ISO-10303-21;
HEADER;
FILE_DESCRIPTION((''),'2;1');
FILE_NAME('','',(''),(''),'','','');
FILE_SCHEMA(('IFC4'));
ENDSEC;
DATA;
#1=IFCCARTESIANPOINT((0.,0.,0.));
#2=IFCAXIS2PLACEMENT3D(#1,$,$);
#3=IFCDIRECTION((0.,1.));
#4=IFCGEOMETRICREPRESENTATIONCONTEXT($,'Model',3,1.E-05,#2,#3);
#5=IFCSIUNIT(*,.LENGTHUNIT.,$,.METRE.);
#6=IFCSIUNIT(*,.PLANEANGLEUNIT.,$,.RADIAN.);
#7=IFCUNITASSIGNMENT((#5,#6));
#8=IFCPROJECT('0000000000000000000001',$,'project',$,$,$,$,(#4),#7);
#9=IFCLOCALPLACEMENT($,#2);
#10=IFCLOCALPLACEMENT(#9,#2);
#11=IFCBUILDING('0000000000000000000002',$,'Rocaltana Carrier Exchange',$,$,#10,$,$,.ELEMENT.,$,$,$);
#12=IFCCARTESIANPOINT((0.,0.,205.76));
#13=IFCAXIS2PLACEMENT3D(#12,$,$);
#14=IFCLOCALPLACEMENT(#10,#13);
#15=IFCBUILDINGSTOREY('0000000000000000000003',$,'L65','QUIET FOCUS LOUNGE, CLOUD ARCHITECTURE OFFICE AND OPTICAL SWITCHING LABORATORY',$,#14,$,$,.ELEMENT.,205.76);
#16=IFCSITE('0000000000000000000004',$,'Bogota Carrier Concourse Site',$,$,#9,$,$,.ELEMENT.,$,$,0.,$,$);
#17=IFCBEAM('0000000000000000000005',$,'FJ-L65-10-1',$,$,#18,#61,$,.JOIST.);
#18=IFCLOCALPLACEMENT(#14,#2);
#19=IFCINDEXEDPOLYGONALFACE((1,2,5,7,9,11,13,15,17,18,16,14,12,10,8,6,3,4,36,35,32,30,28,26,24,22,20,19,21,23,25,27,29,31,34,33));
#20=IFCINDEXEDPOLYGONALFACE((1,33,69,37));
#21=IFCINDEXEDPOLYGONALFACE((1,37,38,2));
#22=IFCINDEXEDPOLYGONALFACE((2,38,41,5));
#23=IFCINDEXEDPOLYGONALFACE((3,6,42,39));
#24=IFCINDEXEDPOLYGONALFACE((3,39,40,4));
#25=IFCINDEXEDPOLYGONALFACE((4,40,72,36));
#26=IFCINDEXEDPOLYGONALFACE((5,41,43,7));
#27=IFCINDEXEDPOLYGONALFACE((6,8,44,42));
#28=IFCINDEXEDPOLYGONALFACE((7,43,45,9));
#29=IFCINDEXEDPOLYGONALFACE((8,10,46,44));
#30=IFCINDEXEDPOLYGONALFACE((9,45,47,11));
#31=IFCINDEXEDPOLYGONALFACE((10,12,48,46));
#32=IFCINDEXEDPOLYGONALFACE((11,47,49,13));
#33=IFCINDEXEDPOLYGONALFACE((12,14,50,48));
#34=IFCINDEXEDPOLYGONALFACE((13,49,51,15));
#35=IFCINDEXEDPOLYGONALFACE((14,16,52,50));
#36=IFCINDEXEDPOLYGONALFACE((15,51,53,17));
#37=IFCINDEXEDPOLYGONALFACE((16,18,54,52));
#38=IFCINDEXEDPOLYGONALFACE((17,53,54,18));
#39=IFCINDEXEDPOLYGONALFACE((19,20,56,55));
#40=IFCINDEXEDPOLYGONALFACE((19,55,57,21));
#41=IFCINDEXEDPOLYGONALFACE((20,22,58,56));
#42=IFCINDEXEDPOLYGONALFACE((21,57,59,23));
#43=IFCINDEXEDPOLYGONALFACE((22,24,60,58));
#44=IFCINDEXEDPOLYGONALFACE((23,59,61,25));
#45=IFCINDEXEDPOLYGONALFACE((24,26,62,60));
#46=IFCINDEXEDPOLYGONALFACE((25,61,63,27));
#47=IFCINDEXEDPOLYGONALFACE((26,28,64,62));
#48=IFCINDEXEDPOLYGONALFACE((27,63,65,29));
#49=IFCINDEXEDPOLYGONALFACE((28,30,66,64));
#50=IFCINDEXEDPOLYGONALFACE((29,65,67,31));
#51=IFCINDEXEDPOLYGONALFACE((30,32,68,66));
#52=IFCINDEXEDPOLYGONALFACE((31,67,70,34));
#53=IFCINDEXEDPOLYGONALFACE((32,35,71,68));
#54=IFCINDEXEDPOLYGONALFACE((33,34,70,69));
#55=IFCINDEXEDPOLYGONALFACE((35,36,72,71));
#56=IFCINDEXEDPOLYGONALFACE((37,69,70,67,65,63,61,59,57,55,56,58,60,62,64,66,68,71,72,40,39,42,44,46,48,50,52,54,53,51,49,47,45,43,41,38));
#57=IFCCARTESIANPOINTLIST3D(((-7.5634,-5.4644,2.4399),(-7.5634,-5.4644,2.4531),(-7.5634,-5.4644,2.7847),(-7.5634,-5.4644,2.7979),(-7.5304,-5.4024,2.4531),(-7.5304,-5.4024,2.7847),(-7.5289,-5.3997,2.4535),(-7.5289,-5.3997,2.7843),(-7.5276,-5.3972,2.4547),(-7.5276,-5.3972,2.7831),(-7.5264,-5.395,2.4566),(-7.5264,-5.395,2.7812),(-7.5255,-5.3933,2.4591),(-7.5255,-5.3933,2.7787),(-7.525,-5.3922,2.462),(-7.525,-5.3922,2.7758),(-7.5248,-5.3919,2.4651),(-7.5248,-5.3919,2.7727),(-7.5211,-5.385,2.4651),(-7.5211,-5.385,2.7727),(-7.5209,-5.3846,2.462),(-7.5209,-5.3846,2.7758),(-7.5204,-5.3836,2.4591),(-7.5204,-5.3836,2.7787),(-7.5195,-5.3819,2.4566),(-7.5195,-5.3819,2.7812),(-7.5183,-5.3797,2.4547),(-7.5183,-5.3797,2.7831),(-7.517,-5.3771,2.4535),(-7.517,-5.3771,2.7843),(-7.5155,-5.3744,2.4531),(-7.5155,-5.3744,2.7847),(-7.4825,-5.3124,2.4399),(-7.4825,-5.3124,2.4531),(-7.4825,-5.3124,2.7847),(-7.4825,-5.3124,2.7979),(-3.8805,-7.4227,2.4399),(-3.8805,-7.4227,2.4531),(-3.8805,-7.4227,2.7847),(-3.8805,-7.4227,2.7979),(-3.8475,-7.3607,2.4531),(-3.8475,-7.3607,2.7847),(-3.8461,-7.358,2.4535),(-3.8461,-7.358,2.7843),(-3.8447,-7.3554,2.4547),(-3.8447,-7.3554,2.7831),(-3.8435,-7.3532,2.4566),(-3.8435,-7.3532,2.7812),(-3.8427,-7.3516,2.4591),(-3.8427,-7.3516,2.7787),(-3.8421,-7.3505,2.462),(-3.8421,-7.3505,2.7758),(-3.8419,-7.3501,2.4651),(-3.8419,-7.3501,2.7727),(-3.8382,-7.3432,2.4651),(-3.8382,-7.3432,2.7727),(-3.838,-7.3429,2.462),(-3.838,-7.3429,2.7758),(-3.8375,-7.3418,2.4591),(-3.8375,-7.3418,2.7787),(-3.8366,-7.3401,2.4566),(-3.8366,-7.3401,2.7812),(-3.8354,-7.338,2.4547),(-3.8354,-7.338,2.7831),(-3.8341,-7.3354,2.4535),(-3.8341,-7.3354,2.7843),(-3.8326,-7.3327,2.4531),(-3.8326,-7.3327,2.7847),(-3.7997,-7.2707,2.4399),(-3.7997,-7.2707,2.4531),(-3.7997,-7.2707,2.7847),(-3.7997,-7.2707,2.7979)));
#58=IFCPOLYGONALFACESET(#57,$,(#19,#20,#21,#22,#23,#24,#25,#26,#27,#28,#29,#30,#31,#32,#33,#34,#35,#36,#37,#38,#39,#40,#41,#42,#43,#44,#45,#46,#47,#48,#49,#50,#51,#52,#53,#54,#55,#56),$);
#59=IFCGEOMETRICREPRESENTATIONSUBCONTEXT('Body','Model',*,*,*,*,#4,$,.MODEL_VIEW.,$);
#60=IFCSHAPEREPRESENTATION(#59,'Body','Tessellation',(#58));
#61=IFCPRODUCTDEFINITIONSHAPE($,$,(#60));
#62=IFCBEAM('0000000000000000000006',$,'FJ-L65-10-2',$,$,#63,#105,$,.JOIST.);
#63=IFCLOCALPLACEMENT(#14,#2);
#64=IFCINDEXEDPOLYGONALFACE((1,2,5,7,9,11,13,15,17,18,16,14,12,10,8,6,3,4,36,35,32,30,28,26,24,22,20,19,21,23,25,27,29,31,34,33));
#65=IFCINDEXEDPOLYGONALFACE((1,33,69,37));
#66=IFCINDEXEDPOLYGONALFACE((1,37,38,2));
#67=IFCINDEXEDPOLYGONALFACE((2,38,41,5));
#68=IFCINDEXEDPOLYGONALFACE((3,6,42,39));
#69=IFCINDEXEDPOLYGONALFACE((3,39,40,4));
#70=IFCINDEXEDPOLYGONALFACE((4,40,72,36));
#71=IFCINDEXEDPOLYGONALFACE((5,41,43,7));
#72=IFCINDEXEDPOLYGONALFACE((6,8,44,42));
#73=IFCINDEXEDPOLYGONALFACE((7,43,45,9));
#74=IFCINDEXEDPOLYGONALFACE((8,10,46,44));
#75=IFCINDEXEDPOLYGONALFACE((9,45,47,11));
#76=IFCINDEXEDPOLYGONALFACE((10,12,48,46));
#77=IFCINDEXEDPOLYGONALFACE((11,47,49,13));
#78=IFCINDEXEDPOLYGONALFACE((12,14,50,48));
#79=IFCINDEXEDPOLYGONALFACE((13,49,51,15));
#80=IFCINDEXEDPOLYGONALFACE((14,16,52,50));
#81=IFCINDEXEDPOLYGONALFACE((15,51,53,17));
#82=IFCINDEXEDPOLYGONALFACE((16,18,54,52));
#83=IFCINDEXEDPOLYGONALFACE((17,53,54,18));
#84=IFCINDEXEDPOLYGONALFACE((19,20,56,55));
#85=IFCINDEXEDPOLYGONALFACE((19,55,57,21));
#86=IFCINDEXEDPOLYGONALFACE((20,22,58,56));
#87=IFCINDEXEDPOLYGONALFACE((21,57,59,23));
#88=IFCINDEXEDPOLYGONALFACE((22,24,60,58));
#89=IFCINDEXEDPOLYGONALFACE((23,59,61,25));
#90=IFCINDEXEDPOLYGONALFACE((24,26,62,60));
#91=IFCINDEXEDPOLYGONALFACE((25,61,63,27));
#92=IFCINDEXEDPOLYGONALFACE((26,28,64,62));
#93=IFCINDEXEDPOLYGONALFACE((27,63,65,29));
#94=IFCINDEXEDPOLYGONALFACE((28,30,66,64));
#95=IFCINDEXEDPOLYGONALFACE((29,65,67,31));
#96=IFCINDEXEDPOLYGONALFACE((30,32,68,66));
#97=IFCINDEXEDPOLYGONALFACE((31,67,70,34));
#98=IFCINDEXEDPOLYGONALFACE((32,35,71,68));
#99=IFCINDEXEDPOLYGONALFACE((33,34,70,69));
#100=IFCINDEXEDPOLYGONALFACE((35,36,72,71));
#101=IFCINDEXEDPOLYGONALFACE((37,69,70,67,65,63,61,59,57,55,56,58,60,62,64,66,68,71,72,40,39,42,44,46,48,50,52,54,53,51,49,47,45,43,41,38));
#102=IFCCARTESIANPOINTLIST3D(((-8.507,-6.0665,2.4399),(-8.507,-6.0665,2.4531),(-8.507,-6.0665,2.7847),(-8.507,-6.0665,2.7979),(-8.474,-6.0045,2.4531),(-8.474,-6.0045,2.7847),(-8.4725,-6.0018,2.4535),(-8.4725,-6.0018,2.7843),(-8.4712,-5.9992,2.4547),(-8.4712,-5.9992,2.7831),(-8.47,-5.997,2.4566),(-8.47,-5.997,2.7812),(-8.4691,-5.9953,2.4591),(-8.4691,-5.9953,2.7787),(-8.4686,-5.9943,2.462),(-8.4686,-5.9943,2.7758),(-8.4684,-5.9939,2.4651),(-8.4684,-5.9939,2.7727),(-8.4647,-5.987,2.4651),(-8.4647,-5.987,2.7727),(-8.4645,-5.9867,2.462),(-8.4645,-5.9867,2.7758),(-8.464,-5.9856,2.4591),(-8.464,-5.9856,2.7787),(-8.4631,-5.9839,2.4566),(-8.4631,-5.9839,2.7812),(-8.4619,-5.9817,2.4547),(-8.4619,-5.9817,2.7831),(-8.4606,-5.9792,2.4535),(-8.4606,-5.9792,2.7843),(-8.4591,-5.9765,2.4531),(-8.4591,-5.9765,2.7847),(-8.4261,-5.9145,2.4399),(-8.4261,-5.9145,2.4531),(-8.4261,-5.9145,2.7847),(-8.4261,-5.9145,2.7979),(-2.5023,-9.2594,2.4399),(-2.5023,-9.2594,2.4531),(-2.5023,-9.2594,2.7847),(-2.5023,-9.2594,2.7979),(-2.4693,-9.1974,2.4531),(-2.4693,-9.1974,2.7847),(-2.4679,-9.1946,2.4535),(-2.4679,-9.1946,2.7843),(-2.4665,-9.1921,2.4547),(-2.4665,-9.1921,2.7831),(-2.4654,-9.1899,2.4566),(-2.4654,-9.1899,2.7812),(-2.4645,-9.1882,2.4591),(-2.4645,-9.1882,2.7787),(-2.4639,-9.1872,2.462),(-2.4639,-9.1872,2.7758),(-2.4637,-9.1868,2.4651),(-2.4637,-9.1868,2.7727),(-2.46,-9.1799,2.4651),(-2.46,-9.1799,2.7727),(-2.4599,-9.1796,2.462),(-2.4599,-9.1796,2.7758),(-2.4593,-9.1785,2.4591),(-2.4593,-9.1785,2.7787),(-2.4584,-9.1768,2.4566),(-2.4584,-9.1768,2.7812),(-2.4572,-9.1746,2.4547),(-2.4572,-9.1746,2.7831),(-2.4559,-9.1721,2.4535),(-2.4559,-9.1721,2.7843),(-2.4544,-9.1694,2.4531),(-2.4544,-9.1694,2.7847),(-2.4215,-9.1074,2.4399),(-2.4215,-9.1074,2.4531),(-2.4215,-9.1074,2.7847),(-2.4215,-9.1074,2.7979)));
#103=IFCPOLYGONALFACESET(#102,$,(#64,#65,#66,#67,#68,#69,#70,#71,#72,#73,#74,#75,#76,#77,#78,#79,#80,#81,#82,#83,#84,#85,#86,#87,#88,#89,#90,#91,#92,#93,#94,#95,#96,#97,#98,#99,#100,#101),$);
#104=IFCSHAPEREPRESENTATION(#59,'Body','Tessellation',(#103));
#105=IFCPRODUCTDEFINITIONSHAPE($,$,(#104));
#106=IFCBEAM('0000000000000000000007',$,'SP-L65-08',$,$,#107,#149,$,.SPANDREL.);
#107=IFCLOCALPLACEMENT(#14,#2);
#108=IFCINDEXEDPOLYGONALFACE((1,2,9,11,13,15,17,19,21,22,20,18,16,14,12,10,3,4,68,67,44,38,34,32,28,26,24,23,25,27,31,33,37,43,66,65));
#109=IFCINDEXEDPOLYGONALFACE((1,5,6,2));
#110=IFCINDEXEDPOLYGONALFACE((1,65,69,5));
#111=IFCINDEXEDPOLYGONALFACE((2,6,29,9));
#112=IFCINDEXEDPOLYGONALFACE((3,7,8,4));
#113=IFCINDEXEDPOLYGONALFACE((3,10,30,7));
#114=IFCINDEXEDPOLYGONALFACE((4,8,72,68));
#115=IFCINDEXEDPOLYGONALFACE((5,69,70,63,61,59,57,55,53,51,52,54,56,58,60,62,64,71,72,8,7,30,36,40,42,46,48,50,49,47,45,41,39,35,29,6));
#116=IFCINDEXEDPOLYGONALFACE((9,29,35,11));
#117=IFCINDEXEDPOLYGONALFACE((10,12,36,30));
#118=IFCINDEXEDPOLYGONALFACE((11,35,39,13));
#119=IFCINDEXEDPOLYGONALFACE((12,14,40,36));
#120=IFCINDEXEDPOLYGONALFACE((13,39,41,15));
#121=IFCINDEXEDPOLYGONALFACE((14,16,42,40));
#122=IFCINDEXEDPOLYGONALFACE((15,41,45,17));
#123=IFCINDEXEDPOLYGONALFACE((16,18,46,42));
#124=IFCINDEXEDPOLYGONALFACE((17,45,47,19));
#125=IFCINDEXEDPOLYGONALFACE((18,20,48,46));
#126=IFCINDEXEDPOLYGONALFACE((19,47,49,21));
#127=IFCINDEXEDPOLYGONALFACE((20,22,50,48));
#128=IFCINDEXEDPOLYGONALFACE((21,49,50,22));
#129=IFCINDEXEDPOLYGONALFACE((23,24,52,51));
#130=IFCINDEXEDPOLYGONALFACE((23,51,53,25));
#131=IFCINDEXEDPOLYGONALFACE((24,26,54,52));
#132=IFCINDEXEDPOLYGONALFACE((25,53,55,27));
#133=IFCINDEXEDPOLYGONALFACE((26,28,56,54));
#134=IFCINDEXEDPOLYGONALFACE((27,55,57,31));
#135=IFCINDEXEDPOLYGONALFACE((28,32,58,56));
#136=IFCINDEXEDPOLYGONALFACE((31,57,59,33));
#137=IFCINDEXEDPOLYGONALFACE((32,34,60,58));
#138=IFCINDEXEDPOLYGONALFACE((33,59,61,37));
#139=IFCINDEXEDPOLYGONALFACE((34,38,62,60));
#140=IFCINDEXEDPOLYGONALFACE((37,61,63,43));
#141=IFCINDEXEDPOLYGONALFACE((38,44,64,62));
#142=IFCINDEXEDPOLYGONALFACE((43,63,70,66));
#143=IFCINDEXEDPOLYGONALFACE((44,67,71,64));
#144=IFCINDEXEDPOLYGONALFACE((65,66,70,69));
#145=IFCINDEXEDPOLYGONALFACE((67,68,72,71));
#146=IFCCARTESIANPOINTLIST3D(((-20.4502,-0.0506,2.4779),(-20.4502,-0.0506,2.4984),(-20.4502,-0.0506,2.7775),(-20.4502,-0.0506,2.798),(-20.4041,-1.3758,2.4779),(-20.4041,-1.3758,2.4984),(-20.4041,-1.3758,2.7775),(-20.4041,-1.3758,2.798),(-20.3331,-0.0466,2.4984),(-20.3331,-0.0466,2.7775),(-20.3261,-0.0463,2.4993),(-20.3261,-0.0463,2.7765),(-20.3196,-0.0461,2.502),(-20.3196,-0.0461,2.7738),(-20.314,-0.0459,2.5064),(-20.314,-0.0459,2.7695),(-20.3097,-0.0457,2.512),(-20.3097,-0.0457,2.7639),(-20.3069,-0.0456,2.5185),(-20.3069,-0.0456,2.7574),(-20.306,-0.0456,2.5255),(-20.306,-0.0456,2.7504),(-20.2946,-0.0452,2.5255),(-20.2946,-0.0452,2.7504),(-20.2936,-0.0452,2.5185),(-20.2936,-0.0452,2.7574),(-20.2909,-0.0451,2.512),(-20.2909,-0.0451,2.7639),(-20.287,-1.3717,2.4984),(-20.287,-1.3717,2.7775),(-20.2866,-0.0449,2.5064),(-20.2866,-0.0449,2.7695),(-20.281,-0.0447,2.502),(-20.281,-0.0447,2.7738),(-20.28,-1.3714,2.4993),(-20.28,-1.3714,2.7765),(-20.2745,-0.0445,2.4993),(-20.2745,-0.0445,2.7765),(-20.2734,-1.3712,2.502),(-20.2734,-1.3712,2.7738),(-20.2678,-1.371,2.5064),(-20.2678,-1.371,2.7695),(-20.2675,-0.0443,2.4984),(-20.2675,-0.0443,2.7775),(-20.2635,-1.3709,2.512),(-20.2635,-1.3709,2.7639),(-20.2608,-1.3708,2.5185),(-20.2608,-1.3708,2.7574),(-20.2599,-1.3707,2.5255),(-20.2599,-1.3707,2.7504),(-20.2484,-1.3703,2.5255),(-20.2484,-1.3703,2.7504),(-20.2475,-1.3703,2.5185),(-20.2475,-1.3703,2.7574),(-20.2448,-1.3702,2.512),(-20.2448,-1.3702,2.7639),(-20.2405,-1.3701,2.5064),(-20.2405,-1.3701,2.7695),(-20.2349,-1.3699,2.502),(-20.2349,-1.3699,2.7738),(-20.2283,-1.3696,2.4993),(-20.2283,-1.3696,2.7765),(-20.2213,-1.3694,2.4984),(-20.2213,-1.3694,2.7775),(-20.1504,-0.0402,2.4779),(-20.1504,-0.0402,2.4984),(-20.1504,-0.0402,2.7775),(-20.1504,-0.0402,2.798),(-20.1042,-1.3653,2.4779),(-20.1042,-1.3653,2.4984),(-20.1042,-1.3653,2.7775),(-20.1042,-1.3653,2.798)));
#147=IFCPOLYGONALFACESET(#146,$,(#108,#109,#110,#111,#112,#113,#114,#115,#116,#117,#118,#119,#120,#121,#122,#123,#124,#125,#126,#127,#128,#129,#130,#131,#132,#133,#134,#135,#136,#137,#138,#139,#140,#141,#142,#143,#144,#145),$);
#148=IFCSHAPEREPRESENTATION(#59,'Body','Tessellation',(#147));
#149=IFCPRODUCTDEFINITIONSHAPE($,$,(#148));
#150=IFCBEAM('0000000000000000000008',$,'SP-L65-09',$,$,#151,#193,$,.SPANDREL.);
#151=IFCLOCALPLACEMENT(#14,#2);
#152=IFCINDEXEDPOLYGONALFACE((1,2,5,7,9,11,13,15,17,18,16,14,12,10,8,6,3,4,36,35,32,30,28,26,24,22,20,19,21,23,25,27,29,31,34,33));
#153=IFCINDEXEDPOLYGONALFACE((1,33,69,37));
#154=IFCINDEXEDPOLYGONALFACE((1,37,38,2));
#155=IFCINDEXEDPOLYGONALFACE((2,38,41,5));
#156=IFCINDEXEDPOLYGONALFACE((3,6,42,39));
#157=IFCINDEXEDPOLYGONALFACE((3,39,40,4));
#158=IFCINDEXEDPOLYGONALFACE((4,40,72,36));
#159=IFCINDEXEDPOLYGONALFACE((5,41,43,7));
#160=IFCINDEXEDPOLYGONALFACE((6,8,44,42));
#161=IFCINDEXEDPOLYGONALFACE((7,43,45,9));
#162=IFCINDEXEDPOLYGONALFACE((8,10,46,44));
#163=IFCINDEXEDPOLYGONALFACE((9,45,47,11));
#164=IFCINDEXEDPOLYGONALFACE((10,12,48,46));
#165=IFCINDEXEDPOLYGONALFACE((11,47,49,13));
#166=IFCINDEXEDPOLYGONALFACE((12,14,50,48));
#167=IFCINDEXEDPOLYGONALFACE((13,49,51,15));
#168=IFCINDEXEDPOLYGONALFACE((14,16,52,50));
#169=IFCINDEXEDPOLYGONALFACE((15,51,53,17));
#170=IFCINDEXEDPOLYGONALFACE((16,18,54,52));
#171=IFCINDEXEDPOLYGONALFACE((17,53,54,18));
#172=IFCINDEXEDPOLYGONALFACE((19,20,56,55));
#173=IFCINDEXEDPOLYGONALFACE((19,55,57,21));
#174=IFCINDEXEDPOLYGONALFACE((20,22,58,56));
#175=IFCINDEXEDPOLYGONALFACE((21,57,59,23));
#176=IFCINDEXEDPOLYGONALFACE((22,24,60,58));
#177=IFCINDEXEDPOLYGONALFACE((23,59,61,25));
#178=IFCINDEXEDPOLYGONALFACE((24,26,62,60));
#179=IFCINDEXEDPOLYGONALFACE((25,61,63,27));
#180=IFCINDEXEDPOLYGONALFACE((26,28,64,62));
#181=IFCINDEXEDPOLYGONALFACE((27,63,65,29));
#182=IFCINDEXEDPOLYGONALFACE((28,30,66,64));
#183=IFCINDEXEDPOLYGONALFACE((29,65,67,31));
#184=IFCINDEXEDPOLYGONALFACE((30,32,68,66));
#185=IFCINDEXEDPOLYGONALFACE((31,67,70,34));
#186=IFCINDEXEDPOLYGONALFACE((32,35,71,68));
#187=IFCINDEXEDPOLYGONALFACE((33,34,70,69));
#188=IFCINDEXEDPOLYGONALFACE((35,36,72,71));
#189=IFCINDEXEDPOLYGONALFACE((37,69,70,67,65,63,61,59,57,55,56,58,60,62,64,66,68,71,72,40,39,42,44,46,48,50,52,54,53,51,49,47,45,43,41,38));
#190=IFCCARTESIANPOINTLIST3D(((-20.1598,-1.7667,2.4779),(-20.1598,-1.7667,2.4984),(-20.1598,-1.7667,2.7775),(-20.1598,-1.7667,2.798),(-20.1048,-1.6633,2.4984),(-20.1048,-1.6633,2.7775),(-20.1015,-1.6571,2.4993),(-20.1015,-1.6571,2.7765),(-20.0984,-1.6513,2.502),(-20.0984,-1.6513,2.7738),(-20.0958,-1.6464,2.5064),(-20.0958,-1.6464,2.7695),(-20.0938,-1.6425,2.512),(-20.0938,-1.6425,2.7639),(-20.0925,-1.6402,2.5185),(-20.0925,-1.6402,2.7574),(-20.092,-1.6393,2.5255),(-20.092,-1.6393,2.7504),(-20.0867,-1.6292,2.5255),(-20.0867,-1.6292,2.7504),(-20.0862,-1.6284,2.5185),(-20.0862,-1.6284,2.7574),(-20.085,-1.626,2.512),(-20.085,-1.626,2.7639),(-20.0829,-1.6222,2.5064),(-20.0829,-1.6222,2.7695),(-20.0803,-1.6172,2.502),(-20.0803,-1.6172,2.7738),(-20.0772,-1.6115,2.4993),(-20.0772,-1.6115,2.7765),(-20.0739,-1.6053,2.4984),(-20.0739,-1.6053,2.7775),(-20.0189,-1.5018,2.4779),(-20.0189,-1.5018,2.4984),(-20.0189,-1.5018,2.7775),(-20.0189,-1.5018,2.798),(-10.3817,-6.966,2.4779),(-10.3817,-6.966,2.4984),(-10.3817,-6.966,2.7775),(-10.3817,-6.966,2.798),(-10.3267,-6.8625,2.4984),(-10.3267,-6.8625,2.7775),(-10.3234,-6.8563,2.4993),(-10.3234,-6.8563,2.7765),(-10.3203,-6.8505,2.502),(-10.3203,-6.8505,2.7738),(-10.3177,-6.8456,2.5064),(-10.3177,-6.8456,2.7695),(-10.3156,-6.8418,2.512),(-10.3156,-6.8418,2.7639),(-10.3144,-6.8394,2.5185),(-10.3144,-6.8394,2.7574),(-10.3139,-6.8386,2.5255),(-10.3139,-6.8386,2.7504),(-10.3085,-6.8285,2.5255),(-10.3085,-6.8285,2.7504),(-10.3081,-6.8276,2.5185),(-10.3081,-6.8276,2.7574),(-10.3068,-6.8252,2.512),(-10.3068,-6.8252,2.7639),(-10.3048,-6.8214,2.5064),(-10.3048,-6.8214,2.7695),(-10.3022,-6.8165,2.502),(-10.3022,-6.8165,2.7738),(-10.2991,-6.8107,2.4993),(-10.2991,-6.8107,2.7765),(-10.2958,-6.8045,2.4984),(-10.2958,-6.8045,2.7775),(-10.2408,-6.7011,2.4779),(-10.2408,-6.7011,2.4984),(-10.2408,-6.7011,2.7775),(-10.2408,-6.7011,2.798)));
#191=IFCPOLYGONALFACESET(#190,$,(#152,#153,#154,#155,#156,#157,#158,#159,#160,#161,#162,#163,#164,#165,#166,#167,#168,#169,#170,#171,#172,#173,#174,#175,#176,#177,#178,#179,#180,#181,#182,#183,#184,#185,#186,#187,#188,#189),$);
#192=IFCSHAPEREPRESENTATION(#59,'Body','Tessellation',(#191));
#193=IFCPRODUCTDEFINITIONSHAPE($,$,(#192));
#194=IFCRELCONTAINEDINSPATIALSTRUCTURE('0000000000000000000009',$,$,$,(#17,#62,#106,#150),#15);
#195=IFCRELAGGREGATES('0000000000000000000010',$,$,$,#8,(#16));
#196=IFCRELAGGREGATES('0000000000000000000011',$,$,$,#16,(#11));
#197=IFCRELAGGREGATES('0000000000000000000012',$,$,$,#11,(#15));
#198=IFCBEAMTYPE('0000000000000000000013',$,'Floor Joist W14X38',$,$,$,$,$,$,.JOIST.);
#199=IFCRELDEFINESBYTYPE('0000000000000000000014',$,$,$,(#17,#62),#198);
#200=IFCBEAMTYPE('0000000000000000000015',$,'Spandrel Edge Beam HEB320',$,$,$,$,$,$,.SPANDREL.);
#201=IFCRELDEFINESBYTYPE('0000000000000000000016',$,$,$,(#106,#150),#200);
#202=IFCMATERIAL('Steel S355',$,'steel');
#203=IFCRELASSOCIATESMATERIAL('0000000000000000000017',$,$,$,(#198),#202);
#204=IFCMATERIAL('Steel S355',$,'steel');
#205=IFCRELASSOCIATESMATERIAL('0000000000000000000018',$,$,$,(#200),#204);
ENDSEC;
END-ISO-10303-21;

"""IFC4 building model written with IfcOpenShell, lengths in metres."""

from ifc_helpers import new_model, si_unit, direction, frame, origin, origin_2d, place, context, subcontext, project, spatial, i_section, extrude, material, material_profile, profile_set, type_object, element, save


model = new_model("IFC4")

# Units and contexts
model_context = context("Model", 3, precision=1e-05, world=origin(), true_north=direction((0.0, 1.0)))
body_context = subcontext(model_context, "Body", "Model", "MODEL_VIEW")
ifc_project = project(units=[si_unit("LENGTHUNIT", "METRE"), si_unit("PLANEANGLEUNIT", "RADIAN")], contexts=[model_context])

# Site, building, storey
site_placement = place(None, origin())
site = spatial("IfcSite", under=ifc_project, at=site_placement, Name="Bogota Carrier Concourse Site", CompositionType="ELEMENT", RefElevation=0.0)
building_placement = place(site_placement, origin())
building = spatial("IfcBuilding", under=site, at=building_placement, Name="Rocaltana Carrier Exchange", CompositionType="ELEMENT")
storey_placement = place(building_placement, frame((0.0, 0.0, 205.76)))
storey = spatial("IfcBuildingStorey", under=building, at=storey_placement, Name="L65", Description="QUIET FOCUS LOUNGE, CLOUD ARCHITECTURE OFFICE AND OPTICAL SWITCHING LABORATORY", CompositionType="ELEMENT", Elevation=205.76)

# Beams
ifc_material_1 = material(Name="Steel S355", Category="steel")
ifc_material_profile_1 = material_profile(ifc_material_1, i_section(OverallWidth=0.1721, OverallDepth=0.3579, WebThickness=0.0078, FlangeThickness=0.0132, FilletRadius=0.012, at=origin_2d()), Name="W14X38")
ifc_profile_set_1 = profile_set([ifc_material_profile_1], Name="Steel S355")
beam_type_1 = type_object("IfcBeamType", Name="Floor Joist W14X38", PredefinedType="JOIST", material=ifc_profile_set_1)
beam_1_placement = place(storey_placement, frame((-7.5229, -5.3884, 2.6189), z_axis=(0.882944, -0.469479, 0.0), x_axis=(0.469479, 0.882944, 0.0)))
element("IfcBeam", 1, at=beam_1_placement, inside=storey, type_object=beam_type_1, Name="FJ-L65-10-1", PredefinedType="JOIST", context=body_context, shape_type="SweptSolid", body=[
    extrude(i_section(OverallWidth=0.1721, OverallDepth=0.3579, WebThickness=0.0078, FlangeThickness=0.0132, FilletRadius=0.012, at=origin_2d()), origin(), (0.0, 0.0, 1.0), 4.1711),
])
beam_2_placement = place(storey_placement, frame((-8.4666, -5.9905, 2.6189), z_axis=(0.882939, -0.469489, 0.0), x_axis=(0.469489, 0.882939, 0.0)))
element("IfcBeam", 2, at=beam_2_placement, inside=storey, type_object=beam_type_1, Name="FJ-L65-10-2", PredefinedType="JOIST", context=body_context, shape_type="SweptSolid", body=[
    extrude(i_section(OverallWidth=0.1721, OverallDepth=0.3579, WebThickness=0.0078, FlangeThickness=0.0132, FilletRadius=0.012, at=origin_2d()), origin(), (0.0, 0.0, 1.0), 6.8008),
])
ifc_material_2 = material(Name="Steel S355", Category="steel")
ifc_material_profile_2 = material_profile(ifc_material_2, i_section(OverallWidth=0.3, OverallDepth=0.3201, WebThickness=0.0115, FlangeThickness=0.0205, FilletRadius=0.0271, at=origin_2d()), Name="HEB320")
ifc_profile_set_2 = profile_set([ifc_material_profile_2], Name="Steel S355")
beam_type_2 = type_object("IfcBeamType", Name="Spandrel Edge Beam HEB320", PredefinedType="SPANDREL", material=ifc_profile_set_2)
beam_3_placement = place(storey_placement, frame((-20.3003, -0.0454, 2.6379), z_axis=(0.034798, -0.999394, 0.0), x_axis=(0.999394, 0.034798, 0.0)))
element("IfcBeam", 3, at=beam_3_placement, inside=storey, type_object=beam_type_2, Name="SP-L65-08", PredefinedType="SPANDREL", context=body_context, shape_type="SweptSolid", body=[
    extrude(i_section(OverallWidth=0.3, OverallDepth=0.3201, WebThickness=0.0115, FlangeThickness=0.0205, FilletRadius=0.0271, at=origin_2d()), origin(), (0.0, 0.0, 1.0), 1.3259),
])
beam_4_placement = place(storey_placement, frame((-20.0894, -1.6343, 2.6379), z_axis=(0.882943, -0.46948, 0.0), x_axis=(0.46948, 0.882943, 0.0)))
element("IfcBeam", 4, at=beam_4_placement, inside=storey, type_object=beam_type_2, Name="SP-L65-09", PredefinedType="SPANDREL", context=body_context, shape_type="SweptSolid", body=[
    extrude(i_section(OverallWidth=0.3, OverallDepth=0.3201, WebThickness=0.0115, FlangeThickness=0.0205, FilletRadius=0.0271, at=origin_2d()), origin(), (0.0, 0.0, 1.0), 11.0745),
])

save(model, "model.ifc")
